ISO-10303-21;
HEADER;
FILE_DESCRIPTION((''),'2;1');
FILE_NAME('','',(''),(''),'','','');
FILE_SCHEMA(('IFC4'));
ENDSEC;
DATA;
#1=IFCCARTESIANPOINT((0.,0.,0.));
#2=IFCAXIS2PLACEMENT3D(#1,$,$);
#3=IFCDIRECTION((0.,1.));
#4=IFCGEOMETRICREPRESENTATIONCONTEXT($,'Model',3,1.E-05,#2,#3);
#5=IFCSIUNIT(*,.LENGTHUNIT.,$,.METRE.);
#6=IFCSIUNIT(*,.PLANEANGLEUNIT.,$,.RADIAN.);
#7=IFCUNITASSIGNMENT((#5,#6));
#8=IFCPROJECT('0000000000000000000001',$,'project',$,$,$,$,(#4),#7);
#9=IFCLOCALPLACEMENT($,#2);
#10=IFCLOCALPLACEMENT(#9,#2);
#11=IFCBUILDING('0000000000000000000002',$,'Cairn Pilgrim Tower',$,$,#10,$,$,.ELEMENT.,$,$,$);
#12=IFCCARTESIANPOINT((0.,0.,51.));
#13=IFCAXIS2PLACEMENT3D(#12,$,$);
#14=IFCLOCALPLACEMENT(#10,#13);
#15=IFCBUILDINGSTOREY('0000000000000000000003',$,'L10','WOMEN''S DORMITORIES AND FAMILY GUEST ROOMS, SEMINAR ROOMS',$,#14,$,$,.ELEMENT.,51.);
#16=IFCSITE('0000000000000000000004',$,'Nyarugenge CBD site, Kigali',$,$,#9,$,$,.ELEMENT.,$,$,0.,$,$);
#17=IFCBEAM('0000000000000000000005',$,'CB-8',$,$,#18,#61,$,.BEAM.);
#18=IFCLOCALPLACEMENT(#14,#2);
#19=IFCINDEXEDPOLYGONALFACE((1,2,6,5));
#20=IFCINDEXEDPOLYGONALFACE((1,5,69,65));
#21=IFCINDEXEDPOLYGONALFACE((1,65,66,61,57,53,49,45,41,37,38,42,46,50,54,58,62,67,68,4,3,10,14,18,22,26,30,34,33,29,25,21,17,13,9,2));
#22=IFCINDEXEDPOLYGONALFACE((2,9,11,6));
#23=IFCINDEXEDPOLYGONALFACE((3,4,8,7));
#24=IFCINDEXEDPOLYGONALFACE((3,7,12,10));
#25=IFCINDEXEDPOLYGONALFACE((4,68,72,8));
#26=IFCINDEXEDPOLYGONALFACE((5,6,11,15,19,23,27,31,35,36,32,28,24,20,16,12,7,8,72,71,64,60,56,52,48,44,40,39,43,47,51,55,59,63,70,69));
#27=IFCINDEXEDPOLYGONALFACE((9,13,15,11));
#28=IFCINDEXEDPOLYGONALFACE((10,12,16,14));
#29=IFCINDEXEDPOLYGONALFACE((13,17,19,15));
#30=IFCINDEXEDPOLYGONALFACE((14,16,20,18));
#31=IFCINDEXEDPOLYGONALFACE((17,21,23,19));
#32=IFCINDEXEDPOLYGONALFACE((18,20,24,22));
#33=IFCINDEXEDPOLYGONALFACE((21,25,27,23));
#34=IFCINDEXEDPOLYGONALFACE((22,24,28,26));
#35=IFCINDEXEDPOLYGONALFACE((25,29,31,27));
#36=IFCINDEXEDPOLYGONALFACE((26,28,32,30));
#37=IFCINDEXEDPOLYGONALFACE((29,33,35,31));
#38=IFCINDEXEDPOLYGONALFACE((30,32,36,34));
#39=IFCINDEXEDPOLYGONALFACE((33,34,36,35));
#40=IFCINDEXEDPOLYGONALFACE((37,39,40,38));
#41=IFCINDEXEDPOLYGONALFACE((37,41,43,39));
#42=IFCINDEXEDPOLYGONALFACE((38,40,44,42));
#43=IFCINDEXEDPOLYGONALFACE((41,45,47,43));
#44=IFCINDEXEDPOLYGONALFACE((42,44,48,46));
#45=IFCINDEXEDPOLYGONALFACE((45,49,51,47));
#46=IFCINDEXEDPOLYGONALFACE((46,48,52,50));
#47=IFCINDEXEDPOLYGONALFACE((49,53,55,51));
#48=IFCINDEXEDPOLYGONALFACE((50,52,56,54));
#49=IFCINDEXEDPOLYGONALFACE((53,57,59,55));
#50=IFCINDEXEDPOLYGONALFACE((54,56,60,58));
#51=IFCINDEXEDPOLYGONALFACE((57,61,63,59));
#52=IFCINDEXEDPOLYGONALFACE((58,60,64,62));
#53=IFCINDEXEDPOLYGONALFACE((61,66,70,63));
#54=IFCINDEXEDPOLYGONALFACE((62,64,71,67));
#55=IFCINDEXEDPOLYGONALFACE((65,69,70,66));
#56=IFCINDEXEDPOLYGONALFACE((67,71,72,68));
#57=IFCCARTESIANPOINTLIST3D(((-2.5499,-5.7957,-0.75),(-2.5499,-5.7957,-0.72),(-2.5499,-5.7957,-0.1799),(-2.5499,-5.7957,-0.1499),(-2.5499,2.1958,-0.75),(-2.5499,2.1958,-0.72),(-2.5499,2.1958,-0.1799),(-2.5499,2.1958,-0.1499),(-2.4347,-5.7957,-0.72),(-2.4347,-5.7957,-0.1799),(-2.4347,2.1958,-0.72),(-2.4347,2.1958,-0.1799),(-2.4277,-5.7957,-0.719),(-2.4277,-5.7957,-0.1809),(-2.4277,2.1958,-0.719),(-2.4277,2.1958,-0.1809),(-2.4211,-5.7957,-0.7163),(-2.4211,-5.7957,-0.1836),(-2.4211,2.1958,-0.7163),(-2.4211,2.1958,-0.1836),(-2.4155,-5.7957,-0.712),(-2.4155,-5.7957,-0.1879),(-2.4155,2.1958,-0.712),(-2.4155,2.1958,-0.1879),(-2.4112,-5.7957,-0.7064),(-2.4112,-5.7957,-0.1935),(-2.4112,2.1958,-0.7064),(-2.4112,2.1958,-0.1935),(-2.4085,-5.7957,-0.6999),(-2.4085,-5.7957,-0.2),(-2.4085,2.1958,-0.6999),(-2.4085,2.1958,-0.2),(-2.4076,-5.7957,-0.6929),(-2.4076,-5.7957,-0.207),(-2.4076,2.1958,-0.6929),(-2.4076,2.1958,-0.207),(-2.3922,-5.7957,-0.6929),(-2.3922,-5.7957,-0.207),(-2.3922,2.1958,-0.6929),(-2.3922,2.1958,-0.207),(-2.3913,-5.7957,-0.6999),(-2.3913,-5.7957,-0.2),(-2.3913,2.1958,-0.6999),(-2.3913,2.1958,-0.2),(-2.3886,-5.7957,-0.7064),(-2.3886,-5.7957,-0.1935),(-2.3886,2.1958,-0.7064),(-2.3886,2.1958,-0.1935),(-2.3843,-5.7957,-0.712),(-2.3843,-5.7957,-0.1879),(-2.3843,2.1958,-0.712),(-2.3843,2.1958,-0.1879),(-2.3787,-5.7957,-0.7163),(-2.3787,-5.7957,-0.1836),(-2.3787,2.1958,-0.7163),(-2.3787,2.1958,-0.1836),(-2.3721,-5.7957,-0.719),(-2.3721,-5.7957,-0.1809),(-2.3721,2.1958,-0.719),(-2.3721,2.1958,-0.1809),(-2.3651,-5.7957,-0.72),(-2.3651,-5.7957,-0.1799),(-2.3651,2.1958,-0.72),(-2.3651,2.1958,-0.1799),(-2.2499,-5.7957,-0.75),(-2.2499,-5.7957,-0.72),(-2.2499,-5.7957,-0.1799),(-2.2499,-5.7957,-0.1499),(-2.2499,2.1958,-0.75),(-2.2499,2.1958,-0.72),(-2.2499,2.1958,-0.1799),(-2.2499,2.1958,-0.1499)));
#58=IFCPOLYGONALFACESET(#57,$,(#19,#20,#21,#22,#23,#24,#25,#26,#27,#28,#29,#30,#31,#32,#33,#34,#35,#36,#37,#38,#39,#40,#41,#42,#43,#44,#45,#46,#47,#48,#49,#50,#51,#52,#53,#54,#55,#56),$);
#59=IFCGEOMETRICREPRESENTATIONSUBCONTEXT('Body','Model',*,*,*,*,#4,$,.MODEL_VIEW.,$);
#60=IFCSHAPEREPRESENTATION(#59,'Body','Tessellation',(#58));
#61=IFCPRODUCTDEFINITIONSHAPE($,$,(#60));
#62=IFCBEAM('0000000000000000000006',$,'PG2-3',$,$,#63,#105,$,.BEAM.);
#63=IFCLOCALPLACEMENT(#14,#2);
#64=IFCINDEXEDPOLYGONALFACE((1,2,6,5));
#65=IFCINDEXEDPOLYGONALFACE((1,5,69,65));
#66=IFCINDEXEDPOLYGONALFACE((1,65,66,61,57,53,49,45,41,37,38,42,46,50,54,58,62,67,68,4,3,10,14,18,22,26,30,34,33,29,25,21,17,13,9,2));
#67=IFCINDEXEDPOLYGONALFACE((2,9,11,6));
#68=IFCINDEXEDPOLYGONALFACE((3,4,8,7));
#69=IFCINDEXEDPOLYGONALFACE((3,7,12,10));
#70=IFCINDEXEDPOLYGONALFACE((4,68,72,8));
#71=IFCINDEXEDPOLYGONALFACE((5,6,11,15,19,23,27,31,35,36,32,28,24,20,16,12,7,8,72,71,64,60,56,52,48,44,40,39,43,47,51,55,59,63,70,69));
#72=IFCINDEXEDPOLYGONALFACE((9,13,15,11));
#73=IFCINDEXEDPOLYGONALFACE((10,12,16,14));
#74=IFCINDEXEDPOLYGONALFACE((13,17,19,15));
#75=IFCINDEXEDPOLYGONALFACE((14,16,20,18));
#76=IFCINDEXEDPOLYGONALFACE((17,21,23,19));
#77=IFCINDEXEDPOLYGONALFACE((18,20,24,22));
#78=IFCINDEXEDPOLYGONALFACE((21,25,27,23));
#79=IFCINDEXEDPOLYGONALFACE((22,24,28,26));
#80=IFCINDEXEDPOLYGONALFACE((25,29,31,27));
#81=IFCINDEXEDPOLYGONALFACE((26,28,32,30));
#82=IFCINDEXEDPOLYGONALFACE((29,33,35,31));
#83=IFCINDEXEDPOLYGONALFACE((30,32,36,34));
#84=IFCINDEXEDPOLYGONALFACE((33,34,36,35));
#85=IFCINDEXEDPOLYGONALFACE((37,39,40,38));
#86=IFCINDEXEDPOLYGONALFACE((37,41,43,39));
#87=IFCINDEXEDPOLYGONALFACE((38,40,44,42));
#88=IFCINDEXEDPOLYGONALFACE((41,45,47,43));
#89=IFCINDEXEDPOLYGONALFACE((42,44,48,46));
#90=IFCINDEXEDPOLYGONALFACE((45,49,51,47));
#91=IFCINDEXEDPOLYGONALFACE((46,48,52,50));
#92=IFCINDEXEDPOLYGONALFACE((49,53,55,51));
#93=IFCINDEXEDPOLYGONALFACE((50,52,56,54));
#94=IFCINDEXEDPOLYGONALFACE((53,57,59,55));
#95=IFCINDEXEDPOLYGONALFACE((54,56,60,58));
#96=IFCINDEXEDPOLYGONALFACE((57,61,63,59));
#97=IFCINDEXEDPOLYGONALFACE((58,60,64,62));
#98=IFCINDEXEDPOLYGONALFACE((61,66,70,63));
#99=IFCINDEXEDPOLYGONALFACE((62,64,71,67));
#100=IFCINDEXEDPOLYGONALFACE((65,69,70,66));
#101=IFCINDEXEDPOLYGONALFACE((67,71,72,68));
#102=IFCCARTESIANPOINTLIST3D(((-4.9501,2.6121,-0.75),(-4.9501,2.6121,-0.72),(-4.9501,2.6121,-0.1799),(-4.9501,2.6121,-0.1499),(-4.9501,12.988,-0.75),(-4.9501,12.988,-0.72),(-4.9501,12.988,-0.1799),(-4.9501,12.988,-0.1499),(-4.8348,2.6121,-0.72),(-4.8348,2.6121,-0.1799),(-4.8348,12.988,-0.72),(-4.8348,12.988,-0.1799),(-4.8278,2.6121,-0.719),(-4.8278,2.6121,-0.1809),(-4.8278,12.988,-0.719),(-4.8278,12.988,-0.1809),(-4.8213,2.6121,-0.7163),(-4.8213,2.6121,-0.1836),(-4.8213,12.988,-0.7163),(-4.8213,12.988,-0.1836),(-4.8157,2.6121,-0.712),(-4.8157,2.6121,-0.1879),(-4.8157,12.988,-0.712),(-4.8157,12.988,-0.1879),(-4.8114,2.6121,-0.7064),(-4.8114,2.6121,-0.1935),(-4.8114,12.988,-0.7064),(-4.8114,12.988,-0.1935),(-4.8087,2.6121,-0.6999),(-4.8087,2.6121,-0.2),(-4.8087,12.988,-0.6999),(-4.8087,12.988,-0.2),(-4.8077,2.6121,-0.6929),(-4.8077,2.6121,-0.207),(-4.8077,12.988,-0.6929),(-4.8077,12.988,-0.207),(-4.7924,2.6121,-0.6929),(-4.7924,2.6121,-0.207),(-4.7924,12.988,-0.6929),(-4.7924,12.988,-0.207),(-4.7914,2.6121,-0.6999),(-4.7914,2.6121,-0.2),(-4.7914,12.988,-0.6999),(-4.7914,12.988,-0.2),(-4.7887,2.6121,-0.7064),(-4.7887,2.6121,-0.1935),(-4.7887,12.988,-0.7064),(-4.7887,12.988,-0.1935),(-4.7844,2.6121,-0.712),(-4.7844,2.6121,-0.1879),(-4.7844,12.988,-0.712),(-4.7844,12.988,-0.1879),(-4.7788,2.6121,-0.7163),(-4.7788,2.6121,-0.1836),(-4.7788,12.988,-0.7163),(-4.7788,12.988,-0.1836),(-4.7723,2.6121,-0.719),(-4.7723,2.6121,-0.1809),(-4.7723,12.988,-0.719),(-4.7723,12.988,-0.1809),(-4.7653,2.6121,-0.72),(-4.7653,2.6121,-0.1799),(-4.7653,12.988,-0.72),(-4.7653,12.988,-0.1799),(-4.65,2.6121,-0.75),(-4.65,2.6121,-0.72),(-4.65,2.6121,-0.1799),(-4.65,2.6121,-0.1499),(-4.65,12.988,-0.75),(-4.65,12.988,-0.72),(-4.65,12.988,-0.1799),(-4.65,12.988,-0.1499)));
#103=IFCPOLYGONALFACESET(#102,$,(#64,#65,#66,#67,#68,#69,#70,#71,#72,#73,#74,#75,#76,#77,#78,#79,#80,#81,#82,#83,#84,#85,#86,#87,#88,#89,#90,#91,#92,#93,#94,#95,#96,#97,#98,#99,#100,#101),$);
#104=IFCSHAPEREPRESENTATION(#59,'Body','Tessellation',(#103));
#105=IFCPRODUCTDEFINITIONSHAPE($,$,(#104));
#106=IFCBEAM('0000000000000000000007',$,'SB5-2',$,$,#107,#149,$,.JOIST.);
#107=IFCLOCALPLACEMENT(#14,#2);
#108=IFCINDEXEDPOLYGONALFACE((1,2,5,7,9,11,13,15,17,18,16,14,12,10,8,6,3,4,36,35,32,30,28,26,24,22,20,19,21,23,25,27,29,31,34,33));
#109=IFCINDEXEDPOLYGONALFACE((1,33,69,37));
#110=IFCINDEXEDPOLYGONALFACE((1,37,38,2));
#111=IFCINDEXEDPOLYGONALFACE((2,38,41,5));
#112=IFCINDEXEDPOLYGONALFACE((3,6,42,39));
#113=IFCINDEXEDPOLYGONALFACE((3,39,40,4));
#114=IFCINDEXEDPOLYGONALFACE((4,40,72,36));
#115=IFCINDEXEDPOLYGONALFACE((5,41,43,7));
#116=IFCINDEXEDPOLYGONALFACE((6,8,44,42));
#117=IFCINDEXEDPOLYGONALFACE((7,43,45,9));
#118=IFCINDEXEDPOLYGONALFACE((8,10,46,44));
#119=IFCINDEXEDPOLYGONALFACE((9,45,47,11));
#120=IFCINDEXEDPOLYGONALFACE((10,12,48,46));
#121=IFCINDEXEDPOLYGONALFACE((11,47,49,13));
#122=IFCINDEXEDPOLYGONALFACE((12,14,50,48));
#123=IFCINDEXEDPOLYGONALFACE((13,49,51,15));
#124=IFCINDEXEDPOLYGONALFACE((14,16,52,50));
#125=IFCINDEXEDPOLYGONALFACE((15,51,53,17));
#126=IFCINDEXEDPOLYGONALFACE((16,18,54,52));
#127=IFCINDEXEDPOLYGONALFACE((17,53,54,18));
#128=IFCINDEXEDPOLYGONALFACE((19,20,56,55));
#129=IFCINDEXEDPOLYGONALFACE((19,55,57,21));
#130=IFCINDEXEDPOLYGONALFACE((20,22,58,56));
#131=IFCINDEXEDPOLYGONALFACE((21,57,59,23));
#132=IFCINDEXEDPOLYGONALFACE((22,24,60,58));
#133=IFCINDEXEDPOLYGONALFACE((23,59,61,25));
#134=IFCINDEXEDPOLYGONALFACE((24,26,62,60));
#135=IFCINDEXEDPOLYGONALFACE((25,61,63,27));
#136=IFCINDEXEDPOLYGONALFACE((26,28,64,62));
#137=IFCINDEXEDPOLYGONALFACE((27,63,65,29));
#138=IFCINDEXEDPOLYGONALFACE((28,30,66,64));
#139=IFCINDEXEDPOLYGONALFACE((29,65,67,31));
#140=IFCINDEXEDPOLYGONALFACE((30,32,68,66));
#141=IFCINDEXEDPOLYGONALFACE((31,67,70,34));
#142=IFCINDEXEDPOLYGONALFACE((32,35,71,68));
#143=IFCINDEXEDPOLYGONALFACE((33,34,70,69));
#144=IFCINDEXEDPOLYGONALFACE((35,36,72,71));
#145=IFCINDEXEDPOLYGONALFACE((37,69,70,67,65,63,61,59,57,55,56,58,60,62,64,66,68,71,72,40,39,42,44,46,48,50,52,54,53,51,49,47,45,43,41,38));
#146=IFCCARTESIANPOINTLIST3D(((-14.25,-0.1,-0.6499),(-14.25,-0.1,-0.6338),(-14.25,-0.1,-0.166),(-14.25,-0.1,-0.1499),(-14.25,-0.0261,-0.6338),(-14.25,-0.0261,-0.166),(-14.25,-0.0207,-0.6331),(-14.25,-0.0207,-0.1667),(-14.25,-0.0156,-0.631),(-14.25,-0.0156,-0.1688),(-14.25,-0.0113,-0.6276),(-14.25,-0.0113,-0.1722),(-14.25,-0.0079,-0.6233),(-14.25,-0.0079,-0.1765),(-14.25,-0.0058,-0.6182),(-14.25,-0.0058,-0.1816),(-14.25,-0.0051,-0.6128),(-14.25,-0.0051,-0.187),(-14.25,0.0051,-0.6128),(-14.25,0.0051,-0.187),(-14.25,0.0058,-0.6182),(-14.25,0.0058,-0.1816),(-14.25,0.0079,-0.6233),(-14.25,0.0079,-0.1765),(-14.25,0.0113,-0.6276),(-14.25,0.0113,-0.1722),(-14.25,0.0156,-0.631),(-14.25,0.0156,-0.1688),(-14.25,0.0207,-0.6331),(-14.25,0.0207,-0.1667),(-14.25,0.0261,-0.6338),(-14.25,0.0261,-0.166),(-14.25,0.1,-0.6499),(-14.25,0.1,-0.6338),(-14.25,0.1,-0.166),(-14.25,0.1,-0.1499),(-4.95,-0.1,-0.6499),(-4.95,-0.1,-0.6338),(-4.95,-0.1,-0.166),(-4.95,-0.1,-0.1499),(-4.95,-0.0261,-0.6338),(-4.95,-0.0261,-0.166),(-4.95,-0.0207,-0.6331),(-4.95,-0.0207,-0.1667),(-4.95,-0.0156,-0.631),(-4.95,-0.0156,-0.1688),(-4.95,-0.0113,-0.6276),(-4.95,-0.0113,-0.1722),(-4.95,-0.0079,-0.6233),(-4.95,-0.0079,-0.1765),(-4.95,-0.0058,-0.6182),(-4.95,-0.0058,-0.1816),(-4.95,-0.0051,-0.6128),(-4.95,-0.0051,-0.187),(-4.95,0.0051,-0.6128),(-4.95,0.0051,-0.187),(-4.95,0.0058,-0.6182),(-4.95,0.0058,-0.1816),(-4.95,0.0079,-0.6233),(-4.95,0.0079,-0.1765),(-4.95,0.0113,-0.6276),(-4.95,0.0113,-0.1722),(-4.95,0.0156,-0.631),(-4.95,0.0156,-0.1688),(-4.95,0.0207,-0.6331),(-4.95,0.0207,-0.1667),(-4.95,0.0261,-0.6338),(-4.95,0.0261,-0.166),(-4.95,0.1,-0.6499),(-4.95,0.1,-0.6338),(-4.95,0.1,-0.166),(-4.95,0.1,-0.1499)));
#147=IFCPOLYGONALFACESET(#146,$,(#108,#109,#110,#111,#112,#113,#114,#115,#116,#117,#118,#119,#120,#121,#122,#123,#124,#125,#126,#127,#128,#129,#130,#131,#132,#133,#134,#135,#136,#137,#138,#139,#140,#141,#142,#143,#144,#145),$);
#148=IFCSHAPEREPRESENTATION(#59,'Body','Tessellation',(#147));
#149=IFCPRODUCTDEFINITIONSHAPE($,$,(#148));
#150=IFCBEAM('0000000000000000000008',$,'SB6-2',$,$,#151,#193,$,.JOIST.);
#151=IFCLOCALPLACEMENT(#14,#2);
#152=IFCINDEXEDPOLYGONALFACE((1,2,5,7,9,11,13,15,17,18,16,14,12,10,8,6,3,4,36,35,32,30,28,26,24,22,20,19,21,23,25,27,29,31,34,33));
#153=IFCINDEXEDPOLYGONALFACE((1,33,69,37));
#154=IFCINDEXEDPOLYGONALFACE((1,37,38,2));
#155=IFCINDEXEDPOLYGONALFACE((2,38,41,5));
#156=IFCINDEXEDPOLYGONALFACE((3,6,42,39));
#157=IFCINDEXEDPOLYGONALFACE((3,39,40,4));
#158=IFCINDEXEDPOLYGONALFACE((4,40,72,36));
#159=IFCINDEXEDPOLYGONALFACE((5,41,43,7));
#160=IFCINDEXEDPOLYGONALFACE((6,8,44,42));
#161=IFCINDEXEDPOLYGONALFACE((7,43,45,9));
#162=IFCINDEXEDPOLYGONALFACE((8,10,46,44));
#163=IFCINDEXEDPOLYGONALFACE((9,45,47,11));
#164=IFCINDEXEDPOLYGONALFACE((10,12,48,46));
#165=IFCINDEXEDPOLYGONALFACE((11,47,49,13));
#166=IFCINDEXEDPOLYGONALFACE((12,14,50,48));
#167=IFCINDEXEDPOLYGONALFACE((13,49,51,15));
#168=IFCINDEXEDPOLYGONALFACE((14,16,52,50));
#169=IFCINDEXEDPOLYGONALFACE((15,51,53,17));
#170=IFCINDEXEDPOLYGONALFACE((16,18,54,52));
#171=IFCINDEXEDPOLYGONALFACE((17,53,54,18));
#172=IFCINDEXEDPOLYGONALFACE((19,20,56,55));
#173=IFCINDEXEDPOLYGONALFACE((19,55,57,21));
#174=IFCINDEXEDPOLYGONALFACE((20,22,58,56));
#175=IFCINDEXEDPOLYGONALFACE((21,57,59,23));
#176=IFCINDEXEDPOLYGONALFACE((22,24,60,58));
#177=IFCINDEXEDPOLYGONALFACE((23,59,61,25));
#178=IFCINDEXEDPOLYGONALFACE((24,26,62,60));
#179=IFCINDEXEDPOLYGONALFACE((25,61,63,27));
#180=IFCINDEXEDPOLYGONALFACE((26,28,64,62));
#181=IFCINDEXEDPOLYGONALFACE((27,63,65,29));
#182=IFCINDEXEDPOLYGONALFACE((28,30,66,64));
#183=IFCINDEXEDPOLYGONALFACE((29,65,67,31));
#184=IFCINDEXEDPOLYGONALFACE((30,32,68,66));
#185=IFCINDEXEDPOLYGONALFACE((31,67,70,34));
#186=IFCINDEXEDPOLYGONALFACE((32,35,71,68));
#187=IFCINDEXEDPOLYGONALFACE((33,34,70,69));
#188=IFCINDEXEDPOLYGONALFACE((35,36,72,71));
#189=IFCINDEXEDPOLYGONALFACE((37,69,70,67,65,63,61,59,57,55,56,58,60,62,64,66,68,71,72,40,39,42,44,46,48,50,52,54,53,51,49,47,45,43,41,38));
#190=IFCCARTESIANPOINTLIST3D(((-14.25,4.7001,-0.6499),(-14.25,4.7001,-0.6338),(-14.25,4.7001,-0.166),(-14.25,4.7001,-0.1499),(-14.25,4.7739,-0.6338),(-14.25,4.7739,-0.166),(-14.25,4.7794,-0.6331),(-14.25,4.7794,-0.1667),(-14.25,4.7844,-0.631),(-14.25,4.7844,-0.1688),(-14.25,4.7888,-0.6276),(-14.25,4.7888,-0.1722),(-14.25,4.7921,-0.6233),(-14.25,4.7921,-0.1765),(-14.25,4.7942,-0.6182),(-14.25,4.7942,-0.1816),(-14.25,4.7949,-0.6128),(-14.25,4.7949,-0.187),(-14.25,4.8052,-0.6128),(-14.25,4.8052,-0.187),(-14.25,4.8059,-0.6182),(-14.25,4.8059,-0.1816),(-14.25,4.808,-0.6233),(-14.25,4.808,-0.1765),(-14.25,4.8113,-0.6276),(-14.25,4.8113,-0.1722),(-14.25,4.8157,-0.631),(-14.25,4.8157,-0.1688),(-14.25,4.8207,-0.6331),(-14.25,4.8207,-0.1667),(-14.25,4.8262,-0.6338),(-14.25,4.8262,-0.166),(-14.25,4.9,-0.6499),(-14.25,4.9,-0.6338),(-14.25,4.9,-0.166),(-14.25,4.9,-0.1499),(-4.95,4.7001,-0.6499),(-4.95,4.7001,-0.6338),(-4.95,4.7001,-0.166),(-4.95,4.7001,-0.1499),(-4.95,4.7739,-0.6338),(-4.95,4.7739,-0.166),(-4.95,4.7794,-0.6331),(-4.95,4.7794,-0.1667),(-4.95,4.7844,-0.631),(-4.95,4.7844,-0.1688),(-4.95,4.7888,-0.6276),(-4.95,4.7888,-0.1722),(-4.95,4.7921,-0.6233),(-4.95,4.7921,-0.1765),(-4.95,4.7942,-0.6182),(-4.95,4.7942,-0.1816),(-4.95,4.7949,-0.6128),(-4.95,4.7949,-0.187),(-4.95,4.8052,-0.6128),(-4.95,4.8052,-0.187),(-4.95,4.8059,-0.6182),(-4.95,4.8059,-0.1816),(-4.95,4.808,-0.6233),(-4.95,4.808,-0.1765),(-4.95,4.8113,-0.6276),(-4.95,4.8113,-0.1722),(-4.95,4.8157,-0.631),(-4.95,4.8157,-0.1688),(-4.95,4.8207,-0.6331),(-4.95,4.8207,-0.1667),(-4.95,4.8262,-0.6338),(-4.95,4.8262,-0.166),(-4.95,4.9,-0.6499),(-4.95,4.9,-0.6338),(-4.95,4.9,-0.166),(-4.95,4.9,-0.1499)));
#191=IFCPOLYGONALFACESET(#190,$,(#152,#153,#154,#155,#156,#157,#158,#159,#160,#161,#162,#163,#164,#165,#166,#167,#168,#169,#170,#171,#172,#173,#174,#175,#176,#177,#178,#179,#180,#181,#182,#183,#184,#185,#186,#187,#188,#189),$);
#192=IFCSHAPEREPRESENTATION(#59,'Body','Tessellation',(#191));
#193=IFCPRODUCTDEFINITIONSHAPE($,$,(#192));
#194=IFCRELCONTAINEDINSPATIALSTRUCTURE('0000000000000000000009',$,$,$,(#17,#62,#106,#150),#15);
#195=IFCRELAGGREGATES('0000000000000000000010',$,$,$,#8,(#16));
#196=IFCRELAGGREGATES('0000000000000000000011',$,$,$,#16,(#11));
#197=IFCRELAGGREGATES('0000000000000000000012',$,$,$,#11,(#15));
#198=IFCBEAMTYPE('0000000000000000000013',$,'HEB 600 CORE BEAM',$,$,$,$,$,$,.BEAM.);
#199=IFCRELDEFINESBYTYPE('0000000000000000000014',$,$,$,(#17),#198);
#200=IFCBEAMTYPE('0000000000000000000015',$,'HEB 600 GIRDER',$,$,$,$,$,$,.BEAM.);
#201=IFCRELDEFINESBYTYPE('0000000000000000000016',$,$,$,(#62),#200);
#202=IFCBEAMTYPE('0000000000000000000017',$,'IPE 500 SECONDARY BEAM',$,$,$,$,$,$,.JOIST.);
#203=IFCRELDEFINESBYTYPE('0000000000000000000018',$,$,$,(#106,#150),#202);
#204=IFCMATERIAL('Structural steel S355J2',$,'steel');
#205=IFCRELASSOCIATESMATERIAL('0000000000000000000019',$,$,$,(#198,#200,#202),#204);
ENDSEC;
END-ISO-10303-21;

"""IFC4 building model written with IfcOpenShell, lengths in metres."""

from ifc_helpers import new_model, si_unit, direction, frame, origin, origin_2d, place, context, subcontext, project, spatial, i_section, extrude, material, material_profile, profile_set, type_object, element, save


model = new_model("IFC4")

# Units and contexts
model_context = context("Model", 3, precision=1e-05, world=origin(), true_north=direction((0.0, 1.0)))
body_context = subcontext(model_context, "Body", "Model", "MODEL_VIEW")
ifc_project = project(units=[si_unit("LENGTHUNIT", "METRE"), si_unit("PLANEANGLEUNIT", "RADIAN")], contexts=[model_context])

# Site, building, storey
site_placement = place(None, origin())
site = spatial("IfcSite", under=ifc_project, at=site_placement, Name="Nyarugenge CBD site, Kigali", CompositionType="ELEMENT", RefElevation=0.0)
building_placement = place(site_placement, origin())
building = spatial("IfcBuilding", under=site, at=building_placement, Name="Cairn Pilgrim Tower", CompositionType="ELEMENT")
storey_placement = place(building_placement, frame((0.0, 0.0, 51.0)))
storey = spatial("IfcBuildingStorey", under=building, at=storey_placement, Name="L10", Description="WOMEN'S DORMITORIES AND FAMILY GUEST ROOMS, SEMINAR ROOMS", CompositionType="ELEMENT", Elevation=51.0)

# Beams
ifc_material_1 = material(Name="Structural steel S355J2", Category="steel")
ifc_material_profile_1 = material_profile(ifc_material_1, i_section(OverallWidth=0.3, OverallDepth=0.6001, WebThickness=0.0154, FlangeThickness=0.03, FilletRadius=0.0271, at=origin_2d()), Name="HEB 600")
ifc_profile_set_1 = profile_set([ifc_material_profile_1], Name="Structural steel S355J2")
beam_type_1 = type_object("IfcBeamType", Name="HEB 600 CORE BEAM", PredefinedType="BEAM", material=ifc_profile_set_1)
beam_1_placement = place(storey_placement, frame((-2.3999, 2.1958, -0.45), z_axis=(0.0, -1.0, 0.0), x_axis=(1.0, 0.0, 0.0)))
element("IfcBeam", 1, at=beam_1_placement, inside=storey, type_object=beam_type_1, Name="CB-8", PredefinedType="BEAM", context=body_context, shape_type="SweptSolid", body=[
    extrude(i_section(OverallWidth=0.3, OverallDepth=0.6001, WebThickness=0.0154, FlangeThickness=0.03, FilletRadius=0.0271, at=origin_2d()), origin(), (0.0, 0.0, 1.0), 7.9915),
])
ifc_material_profile_2 = material_profile(ifc_material_1, i_section(OverallWidth=0.3, OverallDepth=0.6001, WebThickness=0.0154, FlangeThickness=0.03, FilletRadius=0.0271, at=origin_2d()), Name="HEB 600")
ifc_profile_set_2 = profile_set([ifc_material_profile_2], Name="Structural steel S355J2")
beam_type_2 = type_object("IfcBeamType", Name="HEB 600 GIRDER", PredefinedType="BEAM", material=ifc_profile_set_2)
beam_2_placement = place(storey_placement, frame((-4.8, 2.6121, -0.45), z_axis=(0.0, 1.0, 0.0), x_axis=(-1.0, 0.0, 0.0)))
element("IfcBeam", 2, at=beam_2_placement, inside=storey, type_object=beam_type_2, Name="PG2-3", PredefinedType="BEAM", context=body_context, shape_type="SweptSolid", body=[
    extrude(i_section(OverallWidth=0.3, OverallDepth=0.6001, WebThickness=0.0154, FlangeThickness=0.03, FilletRadius=0.0271, at=origin_2d()), origin(), (0.0, 0.0, 1.0), 10.376),
])
ifc_material_profile_3 = material_profile(ifc_material_1, i_section(OverallWidth=0.2, OverallDepth=0.5, WebThickness=0.0103, FlangeThickness=0.0161, FilletRadius=0.021, at=origin_2d()), Name="IPE 500")
ifc_profile_set_3 = profile_set([ifc_material_profile_3], Name="Structural steel S355J2")
beam_type_3 = type_object("IfcBeamType", Name="IPE 500 SECONDARY BEAM", PredefinedType="JOIST", material=ifc_profile_set_3)
for number, where, z_axis, x_axis, name in (
    (3, (-14.25, 0.0, -0.3999), (1.0, 0.0, 0.0), (0.0, 1.0, 0.0), "SB5-2"),
    (4, (-14.25, 4.8, -0.3999), (1.0, 0.0, 0.0), (0.0, 1.0, 0.0), "SB6-2"),
):
    element("IfcBeam", number, at=place(storey_placement, frame(where, z_axis=z_axis, x_axis=x_axis)), inside=storey, type_object=beam_type_3, Name=name, PredefinedType="JOIST", context=body_context, shape_type="SweptSolid", body=[
        extrude(i_section(OverallWidth=0.2, OverallDepth=0.5, WebThickness=0.0103, FlangeThickness=0.0161, FilletRadius=0.021, at=origin_2d()), origin(), (0.0, 0.0, 1.0), 9.3),
    ])

save(model, "model.ifc")
